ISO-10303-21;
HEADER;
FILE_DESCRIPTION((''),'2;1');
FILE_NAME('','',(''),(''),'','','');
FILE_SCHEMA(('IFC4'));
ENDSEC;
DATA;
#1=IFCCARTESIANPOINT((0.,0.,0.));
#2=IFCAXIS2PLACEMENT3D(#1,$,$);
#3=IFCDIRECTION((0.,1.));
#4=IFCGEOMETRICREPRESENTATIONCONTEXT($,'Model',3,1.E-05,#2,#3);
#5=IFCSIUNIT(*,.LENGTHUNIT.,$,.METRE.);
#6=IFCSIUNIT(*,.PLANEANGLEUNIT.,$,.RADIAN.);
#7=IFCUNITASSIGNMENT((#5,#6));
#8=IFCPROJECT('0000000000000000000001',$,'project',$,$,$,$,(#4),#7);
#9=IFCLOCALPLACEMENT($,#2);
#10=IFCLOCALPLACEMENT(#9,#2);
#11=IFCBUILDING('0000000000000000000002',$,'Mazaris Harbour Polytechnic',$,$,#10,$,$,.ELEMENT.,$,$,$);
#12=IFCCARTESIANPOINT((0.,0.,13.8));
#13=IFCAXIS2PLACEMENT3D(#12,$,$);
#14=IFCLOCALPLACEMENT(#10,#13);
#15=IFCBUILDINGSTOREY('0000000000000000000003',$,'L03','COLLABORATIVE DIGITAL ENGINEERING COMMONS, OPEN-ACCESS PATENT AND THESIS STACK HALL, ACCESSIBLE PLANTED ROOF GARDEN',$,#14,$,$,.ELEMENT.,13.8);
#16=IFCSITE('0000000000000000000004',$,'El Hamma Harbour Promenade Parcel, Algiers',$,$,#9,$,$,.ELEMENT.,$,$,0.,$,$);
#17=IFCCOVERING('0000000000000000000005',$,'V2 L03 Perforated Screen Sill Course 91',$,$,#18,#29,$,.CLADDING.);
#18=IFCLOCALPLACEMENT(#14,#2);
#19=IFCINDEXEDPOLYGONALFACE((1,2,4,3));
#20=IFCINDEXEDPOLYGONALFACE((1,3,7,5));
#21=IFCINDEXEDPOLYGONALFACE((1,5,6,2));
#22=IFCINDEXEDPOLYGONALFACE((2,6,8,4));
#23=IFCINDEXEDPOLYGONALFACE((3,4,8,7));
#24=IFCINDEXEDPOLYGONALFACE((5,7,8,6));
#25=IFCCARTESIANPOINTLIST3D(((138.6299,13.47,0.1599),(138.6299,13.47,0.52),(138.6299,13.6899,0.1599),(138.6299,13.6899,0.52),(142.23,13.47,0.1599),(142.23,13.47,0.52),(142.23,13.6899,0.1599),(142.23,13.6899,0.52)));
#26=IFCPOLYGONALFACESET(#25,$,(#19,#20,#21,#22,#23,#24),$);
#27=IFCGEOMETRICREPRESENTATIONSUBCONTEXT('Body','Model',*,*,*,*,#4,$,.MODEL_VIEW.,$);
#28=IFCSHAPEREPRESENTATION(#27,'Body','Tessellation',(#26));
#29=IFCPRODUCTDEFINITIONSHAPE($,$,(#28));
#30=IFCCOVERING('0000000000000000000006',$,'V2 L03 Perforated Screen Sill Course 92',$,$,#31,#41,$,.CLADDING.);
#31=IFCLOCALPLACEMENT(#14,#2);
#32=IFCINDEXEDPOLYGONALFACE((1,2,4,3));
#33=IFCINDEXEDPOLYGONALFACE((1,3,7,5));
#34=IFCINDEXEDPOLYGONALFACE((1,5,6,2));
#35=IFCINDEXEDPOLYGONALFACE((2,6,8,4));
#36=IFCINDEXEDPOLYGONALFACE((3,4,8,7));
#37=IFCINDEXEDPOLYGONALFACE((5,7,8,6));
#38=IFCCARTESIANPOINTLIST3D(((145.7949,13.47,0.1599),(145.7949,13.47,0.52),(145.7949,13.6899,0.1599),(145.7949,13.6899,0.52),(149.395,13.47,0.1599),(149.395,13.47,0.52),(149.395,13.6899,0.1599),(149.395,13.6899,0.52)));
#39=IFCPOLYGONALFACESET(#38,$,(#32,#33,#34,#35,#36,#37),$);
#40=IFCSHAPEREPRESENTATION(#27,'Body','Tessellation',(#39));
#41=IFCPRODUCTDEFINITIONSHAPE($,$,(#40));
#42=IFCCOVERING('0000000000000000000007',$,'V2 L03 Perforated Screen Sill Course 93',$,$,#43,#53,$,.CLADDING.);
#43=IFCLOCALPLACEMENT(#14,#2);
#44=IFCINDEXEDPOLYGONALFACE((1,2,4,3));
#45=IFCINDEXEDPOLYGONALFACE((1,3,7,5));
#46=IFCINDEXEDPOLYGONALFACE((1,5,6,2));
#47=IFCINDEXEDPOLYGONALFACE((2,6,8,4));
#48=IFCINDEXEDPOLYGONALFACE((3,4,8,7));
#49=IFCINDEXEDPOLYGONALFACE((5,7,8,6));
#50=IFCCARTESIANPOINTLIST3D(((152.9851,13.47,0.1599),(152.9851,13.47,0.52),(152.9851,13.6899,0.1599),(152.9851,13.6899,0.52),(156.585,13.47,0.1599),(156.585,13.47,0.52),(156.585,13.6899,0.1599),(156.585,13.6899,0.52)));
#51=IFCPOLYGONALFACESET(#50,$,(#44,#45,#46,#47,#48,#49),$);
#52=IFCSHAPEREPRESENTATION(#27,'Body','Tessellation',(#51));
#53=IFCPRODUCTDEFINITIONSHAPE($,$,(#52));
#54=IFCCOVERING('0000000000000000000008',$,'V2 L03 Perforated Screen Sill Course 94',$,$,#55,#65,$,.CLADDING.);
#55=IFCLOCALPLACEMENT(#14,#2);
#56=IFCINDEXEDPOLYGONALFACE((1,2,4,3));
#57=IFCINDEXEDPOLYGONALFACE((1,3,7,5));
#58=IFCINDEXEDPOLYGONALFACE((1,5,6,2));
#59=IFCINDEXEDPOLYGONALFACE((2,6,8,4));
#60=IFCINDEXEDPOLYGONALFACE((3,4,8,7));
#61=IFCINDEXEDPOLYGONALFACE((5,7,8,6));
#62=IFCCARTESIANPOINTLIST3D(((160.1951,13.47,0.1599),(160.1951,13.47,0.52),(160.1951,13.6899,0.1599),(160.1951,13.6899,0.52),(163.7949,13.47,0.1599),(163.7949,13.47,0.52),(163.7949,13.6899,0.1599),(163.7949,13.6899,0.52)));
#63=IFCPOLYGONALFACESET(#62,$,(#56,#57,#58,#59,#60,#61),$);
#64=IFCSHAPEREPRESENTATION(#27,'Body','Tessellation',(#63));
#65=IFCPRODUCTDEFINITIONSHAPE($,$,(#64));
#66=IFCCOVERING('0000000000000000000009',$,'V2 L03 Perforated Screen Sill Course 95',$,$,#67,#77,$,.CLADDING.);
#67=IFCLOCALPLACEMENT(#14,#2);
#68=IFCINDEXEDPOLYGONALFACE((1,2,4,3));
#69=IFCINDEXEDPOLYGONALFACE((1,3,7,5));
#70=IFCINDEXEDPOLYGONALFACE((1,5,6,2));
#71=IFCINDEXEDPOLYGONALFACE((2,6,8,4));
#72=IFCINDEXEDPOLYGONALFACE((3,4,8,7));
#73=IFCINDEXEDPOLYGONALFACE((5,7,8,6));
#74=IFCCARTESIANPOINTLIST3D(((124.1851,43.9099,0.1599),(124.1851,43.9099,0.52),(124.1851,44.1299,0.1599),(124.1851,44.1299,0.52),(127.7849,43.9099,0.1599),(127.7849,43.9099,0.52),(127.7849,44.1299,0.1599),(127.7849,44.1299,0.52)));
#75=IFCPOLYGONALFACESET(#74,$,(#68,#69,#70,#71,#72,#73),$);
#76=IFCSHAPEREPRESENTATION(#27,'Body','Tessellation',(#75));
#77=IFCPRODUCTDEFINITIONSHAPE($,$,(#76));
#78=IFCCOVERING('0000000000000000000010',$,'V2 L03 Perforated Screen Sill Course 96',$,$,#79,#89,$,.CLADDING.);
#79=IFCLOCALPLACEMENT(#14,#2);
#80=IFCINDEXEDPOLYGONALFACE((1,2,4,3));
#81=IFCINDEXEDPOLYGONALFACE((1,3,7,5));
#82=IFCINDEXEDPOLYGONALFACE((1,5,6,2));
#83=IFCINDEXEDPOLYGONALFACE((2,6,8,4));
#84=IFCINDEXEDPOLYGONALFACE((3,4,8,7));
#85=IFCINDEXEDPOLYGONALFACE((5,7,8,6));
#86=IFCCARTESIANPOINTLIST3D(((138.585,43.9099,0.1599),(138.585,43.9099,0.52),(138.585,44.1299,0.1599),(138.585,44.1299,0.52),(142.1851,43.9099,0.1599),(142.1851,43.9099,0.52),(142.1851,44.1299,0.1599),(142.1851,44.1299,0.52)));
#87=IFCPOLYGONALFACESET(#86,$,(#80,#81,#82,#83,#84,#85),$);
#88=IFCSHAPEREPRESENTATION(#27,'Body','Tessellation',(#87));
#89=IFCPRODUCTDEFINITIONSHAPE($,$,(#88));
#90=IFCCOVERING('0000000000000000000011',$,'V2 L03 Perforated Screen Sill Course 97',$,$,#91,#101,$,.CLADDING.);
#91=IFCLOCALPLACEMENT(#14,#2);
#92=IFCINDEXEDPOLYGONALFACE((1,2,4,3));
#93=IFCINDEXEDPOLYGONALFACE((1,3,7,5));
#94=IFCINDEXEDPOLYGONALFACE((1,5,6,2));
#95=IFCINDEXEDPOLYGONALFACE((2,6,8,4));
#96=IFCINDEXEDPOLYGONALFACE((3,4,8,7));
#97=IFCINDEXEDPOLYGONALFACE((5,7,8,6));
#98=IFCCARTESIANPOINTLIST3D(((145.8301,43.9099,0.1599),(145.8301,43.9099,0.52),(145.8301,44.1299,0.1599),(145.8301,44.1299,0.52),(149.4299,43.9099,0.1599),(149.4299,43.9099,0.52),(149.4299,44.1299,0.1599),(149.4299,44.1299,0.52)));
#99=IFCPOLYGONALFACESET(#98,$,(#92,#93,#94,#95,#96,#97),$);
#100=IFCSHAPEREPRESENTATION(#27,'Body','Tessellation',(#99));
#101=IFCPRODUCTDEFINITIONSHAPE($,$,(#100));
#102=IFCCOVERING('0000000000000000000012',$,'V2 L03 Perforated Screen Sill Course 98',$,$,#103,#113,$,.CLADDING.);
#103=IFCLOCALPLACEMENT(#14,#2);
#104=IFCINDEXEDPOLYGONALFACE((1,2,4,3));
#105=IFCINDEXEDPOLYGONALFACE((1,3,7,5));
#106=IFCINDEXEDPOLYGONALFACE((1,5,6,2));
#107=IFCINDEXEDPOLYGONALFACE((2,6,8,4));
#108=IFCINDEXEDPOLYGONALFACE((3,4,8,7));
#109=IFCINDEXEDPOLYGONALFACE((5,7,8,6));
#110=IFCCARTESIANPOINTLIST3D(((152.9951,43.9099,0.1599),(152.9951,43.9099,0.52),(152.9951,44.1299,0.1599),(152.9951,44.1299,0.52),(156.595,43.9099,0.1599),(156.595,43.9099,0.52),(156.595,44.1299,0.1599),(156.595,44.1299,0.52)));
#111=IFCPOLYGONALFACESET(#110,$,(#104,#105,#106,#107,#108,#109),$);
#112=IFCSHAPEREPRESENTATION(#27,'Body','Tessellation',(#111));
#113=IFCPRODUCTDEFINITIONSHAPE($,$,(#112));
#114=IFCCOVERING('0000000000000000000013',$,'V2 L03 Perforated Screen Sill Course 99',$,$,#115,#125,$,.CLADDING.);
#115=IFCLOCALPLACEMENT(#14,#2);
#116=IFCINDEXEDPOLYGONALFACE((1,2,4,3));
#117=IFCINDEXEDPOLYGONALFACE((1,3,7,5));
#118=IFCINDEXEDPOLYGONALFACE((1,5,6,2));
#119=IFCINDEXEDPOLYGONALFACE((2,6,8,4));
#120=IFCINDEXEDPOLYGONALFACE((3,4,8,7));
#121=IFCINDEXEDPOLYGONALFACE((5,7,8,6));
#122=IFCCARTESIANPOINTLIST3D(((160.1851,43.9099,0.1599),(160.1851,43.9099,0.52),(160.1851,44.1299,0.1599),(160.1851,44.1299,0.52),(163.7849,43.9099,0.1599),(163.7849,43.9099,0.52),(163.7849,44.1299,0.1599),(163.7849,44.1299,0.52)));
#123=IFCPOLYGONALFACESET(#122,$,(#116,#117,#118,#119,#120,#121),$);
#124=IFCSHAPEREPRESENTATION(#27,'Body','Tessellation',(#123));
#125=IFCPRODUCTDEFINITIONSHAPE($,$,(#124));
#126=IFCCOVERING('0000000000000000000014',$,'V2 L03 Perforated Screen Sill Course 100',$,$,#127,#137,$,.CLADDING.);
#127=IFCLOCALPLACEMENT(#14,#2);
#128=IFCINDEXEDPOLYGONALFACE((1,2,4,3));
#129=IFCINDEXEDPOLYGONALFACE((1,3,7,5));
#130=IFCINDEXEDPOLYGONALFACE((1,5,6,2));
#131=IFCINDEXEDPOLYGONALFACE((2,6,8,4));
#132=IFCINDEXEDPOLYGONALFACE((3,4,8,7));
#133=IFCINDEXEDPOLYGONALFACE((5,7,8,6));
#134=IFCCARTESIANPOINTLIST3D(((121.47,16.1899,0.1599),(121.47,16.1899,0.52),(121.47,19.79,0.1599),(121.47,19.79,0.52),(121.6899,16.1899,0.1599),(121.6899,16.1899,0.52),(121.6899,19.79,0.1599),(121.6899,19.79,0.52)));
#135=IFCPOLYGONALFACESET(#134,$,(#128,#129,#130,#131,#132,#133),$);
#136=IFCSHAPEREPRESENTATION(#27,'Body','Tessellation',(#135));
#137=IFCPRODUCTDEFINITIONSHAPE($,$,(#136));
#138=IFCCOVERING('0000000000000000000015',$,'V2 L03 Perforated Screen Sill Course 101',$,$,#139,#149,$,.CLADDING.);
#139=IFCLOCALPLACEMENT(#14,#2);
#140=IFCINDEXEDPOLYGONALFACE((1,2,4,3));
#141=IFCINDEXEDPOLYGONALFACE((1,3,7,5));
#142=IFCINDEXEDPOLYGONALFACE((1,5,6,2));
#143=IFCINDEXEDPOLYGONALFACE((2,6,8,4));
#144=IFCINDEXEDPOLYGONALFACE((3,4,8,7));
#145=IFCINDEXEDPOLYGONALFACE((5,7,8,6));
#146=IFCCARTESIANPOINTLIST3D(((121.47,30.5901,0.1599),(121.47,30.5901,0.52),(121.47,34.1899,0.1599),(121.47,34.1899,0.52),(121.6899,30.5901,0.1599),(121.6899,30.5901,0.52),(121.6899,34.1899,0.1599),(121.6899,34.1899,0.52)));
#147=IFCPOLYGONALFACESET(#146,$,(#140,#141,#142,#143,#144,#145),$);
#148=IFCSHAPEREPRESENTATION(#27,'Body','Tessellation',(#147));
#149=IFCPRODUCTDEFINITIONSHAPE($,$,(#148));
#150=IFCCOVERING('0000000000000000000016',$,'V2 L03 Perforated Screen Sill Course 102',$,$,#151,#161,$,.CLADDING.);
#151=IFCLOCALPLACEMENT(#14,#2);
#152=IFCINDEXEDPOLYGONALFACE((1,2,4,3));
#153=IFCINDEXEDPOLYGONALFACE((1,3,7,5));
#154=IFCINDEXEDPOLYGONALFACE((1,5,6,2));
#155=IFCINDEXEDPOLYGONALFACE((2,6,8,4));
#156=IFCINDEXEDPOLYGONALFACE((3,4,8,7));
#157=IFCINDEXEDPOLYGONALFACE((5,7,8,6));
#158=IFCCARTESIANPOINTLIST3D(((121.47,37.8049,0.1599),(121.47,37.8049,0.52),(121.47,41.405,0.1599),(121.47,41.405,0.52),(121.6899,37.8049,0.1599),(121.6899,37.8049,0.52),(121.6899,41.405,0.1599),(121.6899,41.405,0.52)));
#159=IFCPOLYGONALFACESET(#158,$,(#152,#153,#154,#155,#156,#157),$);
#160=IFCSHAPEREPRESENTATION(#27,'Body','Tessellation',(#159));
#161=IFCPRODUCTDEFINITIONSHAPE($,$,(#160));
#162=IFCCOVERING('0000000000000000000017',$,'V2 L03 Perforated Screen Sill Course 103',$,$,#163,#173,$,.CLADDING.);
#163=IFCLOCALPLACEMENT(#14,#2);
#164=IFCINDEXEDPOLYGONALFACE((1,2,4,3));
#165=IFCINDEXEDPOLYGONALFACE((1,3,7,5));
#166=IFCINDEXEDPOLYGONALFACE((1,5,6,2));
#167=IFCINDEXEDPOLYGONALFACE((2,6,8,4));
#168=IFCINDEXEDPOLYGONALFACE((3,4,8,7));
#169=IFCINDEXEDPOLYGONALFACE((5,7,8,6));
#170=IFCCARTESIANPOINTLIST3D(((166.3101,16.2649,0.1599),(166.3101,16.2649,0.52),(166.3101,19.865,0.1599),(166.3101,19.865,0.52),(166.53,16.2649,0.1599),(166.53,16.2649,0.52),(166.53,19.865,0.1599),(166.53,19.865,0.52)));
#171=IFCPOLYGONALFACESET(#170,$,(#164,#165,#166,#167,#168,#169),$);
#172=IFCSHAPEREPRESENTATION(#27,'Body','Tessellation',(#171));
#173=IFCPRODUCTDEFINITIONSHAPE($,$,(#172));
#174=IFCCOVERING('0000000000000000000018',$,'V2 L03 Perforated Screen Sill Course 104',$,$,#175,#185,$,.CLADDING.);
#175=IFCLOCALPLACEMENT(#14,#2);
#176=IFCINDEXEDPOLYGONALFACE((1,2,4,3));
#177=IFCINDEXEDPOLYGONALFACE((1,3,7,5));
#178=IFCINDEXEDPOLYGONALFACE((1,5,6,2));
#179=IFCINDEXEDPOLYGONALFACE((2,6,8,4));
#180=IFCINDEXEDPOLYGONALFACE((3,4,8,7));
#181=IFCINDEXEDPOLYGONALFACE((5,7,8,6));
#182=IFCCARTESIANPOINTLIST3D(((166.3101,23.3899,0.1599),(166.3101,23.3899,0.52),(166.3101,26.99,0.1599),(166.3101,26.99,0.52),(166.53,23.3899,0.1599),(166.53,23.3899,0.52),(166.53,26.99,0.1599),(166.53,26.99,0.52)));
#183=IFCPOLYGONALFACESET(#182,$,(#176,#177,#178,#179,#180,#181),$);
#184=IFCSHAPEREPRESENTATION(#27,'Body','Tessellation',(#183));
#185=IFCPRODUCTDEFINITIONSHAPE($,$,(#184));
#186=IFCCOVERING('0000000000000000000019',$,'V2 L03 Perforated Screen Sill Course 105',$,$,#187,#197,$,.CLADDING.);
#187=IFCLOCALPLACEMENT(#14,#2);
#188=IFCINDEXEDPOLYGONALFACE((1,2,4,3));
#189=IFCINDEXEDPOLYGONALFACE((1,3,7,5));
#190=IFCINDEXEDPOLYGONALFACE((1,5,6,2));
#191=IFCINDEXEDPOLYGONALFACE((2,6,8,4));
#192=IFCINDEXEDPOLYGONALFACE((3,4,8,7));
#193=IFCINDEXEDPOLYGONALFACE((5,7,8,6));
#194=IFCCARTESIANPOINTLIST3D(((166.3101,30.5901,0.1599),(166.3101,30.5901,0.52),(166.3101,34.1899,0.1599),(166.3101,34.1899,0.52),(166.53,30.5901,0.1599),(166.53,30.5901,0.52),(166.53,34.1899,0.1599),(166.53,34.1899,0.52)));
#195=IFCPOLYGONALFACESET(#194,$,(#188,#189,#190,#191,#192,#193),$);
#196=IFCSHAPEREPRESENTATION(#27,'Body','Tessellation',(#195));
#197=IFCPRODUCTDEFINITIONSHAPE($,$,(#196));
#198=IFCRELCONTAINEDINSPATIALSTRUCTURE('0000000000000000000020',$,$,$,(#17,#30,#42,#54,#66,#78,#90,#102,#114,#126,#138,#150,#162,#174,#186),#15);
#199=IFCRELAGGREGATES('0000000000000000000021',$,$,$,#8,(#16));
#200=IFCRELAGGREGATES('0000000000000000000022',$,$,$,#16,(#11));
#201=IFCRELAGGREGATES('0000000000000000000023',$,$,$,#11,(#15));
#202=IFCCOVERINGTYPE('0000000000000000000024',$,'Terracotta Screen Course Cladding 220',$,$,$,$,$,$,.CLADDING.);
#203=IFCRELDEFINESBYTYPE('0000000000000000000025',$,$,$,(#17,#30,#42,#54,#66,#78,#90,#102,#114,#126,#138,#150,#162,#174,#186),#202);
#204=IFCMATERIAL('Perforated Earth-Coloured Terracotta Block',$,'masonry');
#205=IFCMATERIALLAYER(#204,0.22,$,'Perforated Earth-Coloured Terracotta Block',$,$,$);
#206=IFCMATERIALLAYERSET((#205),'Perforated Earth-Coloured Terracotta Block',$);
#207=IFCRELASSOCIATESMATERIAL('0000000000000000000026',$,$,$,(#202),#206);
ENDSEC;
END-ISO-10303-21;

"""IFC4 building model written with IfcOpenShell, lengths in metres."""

from ifc_helpers import new_model, si_unit, direction, frame, origin, place, context, subcontext, project, spatial, polyline, outline, extrude, material, layer, layer_set, type_object, element, save


model = new_model("IFC4")

# Units and contexts
model_context = context("Model", 3, precision=1e-05, world=origin(), true_north=direction((0.0, 1.0)))
body_context = subcontext(model_context, "Body", "Model", "MODEL_VIEW")
ifc_project = project(units=[si_unit("LENGTHUNIT", "METRE"), si_unit("PLANEANGLEUNIT", "RADIAN")], contexts=[model_context])

# Site, building, storey
site_placement = place(None, origin())
site = spatial("IfcSite", under=ifc_project, at=site_placement, Name="El Hamma Harbour Promenade Parcel, Algiers", CompositionType="ELEMENT", RefElevation=0.0)
building_placement = place(site_placement, origin())
building = spatial("IfcBuilding", under=site, at=building_placement, Name="Mazaris Harbour Polytechnic", CompositionType="ELEMENT")
storey_placement = place(building_placement, frame((0.0, 0.0, 13.8)))
storey = spatial("IfcBuildingStorey", under=building, at=storey_placement, Name="L03", Description="COLLABORATIVE DIGITAL ENGINEERING COMMONS, OPEN-ACCESS PATENT AND THESIS STACK HALL, ACCESSIBLE PLANTED ROOF GARDEN", CompositionType="ELEMENT", Elevation=13.8)

# Coverings
ifc_material = material(Name="Perforated Earth-Coloured Terracotta Block", Category="masonry")
ifc_layer = layer(ifc_material, 0.22, Name="Perforated Earth-Coloured Terracotta Block")
ifc_layer_set = layer_set([ifc_layer], Name="Perforated Earth-Coloured Terracotta Block")
covering_type = type_object("IfcCoveringType", Name="Terracotta Screen Course Cladding 220", PredefinedType="CLADDING", material=ifc_layer_set)
covering_1_placement = place(storey_placement, frame((0.0, 0.0, 0.1599)))
element("IfcCovering", 1, at=covering_1_placement, inside=storey, type_object=covering_type, Name="V2 L03 Perforated Screen Sill Course 91", PredefinedType="CLADDING", context=body_context, shape_type="SweptSolid", body=[
    extrude(outline(polyline([(142.23, 13.6899), (138.6299, 13.6899), (138.6299, 13.47), (142.23, 13.47), (142.23, 13.6899)])), origin(), (0.0, 0.0, 1.0), 0.3601),
])
covering_2_placement = place(storey_placement, frame((0.0, 0.0, 0.1599)))
element("IfcCovering", 2, at=covering_2_placement, inside=storey, type_object=covering_type, Name="V2 L03 Perforated Screen Sill Course 92", PredefinedType="CLADDING", context=body_context, shape_type="SweptSolid", body=[
    extrude(outline(polyline([(149.395, 13.6899), (145.7949, 13.6899), (145.7949, 13.47), (149.395, 13.47), (149.395, 13.6899)])), origin(), (0.0, 0.0, 1.0), 0.3601),
])
covering_3_placement = place(storey_placement, frame((0.0, 0.0, 0.1599)))
element("IfcCovering", 3, at=covering_3_placement, inside=storey, type_object=covering_type, Name="V2 L03 Perforated Screen Sill Course 93", PredefinedType="CLADDING", context=body_context, shape_type="SweptSolid", body=[
    extrude(outline(polyline([(156.585, 13.6899), (152.9851, 13.6899), (152.9851, 13.47), (156.585, 13.47), (156.585, 13.6899)])), origin(), (0.0, 0.0, 1.0), 0.3601),
])
covering_4_placement = place(storey_placement, frame((0.0, 0.0, 0.1599)))
element("IfcCovering", 4, at=covering_4_placement, inside=storey, type_object=covering_type, Name="V2 L03 Perforated Screen Sill Course 94", PredefinedType="CLADDING", context=body_context, shape_type="SweptSolid", body=[
    extrude(outline(polyline([(163.7949, 13.6899), (160.1951, 13.6899), (160.1951, 13.47), (163.7949, 13.47), (163.7949, 13.6899)])), origin(), (0.0, 0.0, 1.0), 0.3601),
])
covering_5_placement = place(storey_placement, frame((0.0, 0.0, 0.1599)))
element("IfcCovering", 5, at=covering_5_placement, inside=storey, type_object=covering_type, Name="V2 L03 Perforated Screen Sill Course 95", PredefinedType="CLADDING", context=body_context, shape_type="SweptSolid", body=[
    extrude(outline(polyline([(124.1851, 43.9099), (127.7849, 43.9099), (127.7849, 44.1299), (124.1851, 44.1299), (124.1851, 43.9099)])), origin(), (0.0, 0.0, 1.0), 0.3601),
])
covering_6_placement = place(storey_placement, frame((0.0, 0.0, 0.1599)))
element("IfcCovering", 6, at=covering_6_placement, inside=storey, type_object=covering_type, Name="V2 L03 Perforated Screen Sill Course 96", PredefinedType="CLADDING", context=body_context, shape_type="SweptSolid", body=[
    extrude(outline(polyline([(138.585, 43.9099), (142.1851, 43.9099), (142.1851, 44.1299), (138.585, 44.1299), (138.585, 43.9099)])), origin(), (0.0, 0.0, 1.0), 0.3601),
])
covering_7_placement = place(storey_placement, frame((0.0, 0.0, 0.1599)))
element("IfcCovering", 7, at=covering_7_placement, inside=storey, type_object=covering_type, Name="V2 L03 Perforated Screen Sill Course 97", PredefinedType="CLADDING", context=body_context, shape_type="SweptSolid", body=[
    extrude(outline(polyline([(145.8301, 43.9099), (149.4299, 43.9099), (149.4299, 44.1299), (145.8301, 44.1299), (145.8301, 43.9099)])), origin(), (0.0, 0.0, 1.0), 0.3601),
])
covering_8_placement = place(storey_placement, frame((0.0, 0.0, 0.1599)))
element("IfcCovering", 8, at=covering_8_placement, inside=storey, type_object=covering_type, Name="V2 L03 Perforated Screen Sill Course 98", PredefinedType="CLADDING", context=body_context, shape_type="SweptSolid", body=[
    extrude(outline(polyline([(152.9951, 43.9099), (156.595, 43.9099), (156.595, 44.1299), (152.9951, 44.1299), (152.9951, 43.9099)])), origin(), (0.0, 0.0, 1.0), 0.3601),
])
covering_9_placement = place(storey_placement, frame((0.0, 0.0, 0.1599)))
element("IfcCovering", 9, at=covering_9_placement, inside=storey, type_object=covering_type, Name="V2 L03 Perforated Screen Sill Course 99", PredefinedType="CLADDING", context=body_context, shape_type="SweptSolid", body=[
    extrude(outline(polyline([(160.1851, 43.9099), (163.7849, 43.9099), (163.7849, 44.1299), (160.1851, 44.1299), (160.1851, 43.9099)])), origin(), (0.0, 0.0, 1.0), 0.3601),
])
covering_10_placement = place(storey_placement, frame((0.0, 0.0, 0.1599)))
element("IfcCovering", 10, at=covering_10_placement, inside=storey, type_object=covering_type, Name="V2 L03 Perforated Screen Sill Course 100", PredefinedType="CLADDING", context=body_context, shape_type="SweptSolid", body=[
    extrude(outline(polyline([(121.6899, 16.1899), (121.6899, 19.79), (121.47, 19.79), (121.47, 16.1899), (121.6899, 16.1899)])), origin(), (0.0, 0.0, 1.0), 0.3601),
])
covering_11_placement = place(storey_placement, frame((0.0, 0.0, 0.1599)))
element("IfcCovering", 11, at=covering_11_placement, inside=storey, type_object=covering_type, Name="V2 L03 Perforated Screen Sill Course 101", PredefinedType="CLADDING", context=body_context, shape_type="SweptSolid", body=[
    extrude(outline(polyline([(121.6899, 30.5901), (121.6899, 34.1899), (121.47, 34.1899), (121.47, 30.5901), (121.6899, 30.5901)])), origin(), (0.0, 0.0, 1.0), 0.3601),
])
covering_12_placement = place(storey_placement, frame((0.0, 0.0, 0.1599)))
element("IfcCovering", 12, at=covering_12_placement, inside=storey, type_object=covering_type, Name="V2 L03 Perforated Screen Sill Course 102", PredefinedType="CLADDING", context=body_context, shape_type="SweptSolid", body=[
    extrude(outline(polyline([(121.6899, 37.8049), (121.6899, 41.405), (121.47, 41.405), (121.47, 37.8049), (121.6899, 37.8049)])), origin(), (0.0, 0.0, 1.0), 0.3601),
])
covering_13_placement = place(storey_placement, frame((0.0, 0.0, 0.1599)))
element("IfcCovering", 13, at=covering_13_placement, inside=storey, type_object=covering_type, Name="V2 L03 Perforated Screen Sill Course 103", PredefinedType="CLADDING", context=body_context, shape_type="SweptSolid", body=[
    extrude(outline(polyline([(166.3101, 19.865), (166.3101, 16.2649), (166.53, 16.2649), (166.53, 19.865), (166.3101, 19.865)])), origin(), (0.0, 0.0, 1.0), 0.3601),
])
covering_14_placement = place(storey_placement, frame((0.0, 0.0, 0.1599)))
element("IfcCovering", 14, at=covering_14_placement, inside=storey, type_object=covering_type, Name="V2 L03 Perforated Screen Sill Course 104", PredefinedType="CLADDING", context=body_context, shape_type="SweptSolid", body=[
    extrude(outline(polyline([(166.3101, 26.99), (166.3101, 23.3899), (166.53, 23.3899), (166.53, 26.99), (166.3101, 26.99)])), origin(), (0.0, 0.0, 1.0), 0.3601),
])
covering_15_placement = place(storey_placement, frame((0.0, 0.0, 0.1599)))
element("IfcCovering", 15, at=covering_15_placement, inside=storey, type_object=covering_type, Name="V2 L03 Perforated Screen Sill Course 105", PredefinedType="CLADDING", context=body_context, shape_type="SweptSolid", body=[
    extrude(outline(polyline([(166.3101, 34.1899), (166.3101, 30.5901), (166.53, 30.5901), (166.53, 34.1899), (166.3101, 34.1899)])), origin(), (0.0, 0.0, 1.0), 0.3601),
])

save(model, "model.ifc")
